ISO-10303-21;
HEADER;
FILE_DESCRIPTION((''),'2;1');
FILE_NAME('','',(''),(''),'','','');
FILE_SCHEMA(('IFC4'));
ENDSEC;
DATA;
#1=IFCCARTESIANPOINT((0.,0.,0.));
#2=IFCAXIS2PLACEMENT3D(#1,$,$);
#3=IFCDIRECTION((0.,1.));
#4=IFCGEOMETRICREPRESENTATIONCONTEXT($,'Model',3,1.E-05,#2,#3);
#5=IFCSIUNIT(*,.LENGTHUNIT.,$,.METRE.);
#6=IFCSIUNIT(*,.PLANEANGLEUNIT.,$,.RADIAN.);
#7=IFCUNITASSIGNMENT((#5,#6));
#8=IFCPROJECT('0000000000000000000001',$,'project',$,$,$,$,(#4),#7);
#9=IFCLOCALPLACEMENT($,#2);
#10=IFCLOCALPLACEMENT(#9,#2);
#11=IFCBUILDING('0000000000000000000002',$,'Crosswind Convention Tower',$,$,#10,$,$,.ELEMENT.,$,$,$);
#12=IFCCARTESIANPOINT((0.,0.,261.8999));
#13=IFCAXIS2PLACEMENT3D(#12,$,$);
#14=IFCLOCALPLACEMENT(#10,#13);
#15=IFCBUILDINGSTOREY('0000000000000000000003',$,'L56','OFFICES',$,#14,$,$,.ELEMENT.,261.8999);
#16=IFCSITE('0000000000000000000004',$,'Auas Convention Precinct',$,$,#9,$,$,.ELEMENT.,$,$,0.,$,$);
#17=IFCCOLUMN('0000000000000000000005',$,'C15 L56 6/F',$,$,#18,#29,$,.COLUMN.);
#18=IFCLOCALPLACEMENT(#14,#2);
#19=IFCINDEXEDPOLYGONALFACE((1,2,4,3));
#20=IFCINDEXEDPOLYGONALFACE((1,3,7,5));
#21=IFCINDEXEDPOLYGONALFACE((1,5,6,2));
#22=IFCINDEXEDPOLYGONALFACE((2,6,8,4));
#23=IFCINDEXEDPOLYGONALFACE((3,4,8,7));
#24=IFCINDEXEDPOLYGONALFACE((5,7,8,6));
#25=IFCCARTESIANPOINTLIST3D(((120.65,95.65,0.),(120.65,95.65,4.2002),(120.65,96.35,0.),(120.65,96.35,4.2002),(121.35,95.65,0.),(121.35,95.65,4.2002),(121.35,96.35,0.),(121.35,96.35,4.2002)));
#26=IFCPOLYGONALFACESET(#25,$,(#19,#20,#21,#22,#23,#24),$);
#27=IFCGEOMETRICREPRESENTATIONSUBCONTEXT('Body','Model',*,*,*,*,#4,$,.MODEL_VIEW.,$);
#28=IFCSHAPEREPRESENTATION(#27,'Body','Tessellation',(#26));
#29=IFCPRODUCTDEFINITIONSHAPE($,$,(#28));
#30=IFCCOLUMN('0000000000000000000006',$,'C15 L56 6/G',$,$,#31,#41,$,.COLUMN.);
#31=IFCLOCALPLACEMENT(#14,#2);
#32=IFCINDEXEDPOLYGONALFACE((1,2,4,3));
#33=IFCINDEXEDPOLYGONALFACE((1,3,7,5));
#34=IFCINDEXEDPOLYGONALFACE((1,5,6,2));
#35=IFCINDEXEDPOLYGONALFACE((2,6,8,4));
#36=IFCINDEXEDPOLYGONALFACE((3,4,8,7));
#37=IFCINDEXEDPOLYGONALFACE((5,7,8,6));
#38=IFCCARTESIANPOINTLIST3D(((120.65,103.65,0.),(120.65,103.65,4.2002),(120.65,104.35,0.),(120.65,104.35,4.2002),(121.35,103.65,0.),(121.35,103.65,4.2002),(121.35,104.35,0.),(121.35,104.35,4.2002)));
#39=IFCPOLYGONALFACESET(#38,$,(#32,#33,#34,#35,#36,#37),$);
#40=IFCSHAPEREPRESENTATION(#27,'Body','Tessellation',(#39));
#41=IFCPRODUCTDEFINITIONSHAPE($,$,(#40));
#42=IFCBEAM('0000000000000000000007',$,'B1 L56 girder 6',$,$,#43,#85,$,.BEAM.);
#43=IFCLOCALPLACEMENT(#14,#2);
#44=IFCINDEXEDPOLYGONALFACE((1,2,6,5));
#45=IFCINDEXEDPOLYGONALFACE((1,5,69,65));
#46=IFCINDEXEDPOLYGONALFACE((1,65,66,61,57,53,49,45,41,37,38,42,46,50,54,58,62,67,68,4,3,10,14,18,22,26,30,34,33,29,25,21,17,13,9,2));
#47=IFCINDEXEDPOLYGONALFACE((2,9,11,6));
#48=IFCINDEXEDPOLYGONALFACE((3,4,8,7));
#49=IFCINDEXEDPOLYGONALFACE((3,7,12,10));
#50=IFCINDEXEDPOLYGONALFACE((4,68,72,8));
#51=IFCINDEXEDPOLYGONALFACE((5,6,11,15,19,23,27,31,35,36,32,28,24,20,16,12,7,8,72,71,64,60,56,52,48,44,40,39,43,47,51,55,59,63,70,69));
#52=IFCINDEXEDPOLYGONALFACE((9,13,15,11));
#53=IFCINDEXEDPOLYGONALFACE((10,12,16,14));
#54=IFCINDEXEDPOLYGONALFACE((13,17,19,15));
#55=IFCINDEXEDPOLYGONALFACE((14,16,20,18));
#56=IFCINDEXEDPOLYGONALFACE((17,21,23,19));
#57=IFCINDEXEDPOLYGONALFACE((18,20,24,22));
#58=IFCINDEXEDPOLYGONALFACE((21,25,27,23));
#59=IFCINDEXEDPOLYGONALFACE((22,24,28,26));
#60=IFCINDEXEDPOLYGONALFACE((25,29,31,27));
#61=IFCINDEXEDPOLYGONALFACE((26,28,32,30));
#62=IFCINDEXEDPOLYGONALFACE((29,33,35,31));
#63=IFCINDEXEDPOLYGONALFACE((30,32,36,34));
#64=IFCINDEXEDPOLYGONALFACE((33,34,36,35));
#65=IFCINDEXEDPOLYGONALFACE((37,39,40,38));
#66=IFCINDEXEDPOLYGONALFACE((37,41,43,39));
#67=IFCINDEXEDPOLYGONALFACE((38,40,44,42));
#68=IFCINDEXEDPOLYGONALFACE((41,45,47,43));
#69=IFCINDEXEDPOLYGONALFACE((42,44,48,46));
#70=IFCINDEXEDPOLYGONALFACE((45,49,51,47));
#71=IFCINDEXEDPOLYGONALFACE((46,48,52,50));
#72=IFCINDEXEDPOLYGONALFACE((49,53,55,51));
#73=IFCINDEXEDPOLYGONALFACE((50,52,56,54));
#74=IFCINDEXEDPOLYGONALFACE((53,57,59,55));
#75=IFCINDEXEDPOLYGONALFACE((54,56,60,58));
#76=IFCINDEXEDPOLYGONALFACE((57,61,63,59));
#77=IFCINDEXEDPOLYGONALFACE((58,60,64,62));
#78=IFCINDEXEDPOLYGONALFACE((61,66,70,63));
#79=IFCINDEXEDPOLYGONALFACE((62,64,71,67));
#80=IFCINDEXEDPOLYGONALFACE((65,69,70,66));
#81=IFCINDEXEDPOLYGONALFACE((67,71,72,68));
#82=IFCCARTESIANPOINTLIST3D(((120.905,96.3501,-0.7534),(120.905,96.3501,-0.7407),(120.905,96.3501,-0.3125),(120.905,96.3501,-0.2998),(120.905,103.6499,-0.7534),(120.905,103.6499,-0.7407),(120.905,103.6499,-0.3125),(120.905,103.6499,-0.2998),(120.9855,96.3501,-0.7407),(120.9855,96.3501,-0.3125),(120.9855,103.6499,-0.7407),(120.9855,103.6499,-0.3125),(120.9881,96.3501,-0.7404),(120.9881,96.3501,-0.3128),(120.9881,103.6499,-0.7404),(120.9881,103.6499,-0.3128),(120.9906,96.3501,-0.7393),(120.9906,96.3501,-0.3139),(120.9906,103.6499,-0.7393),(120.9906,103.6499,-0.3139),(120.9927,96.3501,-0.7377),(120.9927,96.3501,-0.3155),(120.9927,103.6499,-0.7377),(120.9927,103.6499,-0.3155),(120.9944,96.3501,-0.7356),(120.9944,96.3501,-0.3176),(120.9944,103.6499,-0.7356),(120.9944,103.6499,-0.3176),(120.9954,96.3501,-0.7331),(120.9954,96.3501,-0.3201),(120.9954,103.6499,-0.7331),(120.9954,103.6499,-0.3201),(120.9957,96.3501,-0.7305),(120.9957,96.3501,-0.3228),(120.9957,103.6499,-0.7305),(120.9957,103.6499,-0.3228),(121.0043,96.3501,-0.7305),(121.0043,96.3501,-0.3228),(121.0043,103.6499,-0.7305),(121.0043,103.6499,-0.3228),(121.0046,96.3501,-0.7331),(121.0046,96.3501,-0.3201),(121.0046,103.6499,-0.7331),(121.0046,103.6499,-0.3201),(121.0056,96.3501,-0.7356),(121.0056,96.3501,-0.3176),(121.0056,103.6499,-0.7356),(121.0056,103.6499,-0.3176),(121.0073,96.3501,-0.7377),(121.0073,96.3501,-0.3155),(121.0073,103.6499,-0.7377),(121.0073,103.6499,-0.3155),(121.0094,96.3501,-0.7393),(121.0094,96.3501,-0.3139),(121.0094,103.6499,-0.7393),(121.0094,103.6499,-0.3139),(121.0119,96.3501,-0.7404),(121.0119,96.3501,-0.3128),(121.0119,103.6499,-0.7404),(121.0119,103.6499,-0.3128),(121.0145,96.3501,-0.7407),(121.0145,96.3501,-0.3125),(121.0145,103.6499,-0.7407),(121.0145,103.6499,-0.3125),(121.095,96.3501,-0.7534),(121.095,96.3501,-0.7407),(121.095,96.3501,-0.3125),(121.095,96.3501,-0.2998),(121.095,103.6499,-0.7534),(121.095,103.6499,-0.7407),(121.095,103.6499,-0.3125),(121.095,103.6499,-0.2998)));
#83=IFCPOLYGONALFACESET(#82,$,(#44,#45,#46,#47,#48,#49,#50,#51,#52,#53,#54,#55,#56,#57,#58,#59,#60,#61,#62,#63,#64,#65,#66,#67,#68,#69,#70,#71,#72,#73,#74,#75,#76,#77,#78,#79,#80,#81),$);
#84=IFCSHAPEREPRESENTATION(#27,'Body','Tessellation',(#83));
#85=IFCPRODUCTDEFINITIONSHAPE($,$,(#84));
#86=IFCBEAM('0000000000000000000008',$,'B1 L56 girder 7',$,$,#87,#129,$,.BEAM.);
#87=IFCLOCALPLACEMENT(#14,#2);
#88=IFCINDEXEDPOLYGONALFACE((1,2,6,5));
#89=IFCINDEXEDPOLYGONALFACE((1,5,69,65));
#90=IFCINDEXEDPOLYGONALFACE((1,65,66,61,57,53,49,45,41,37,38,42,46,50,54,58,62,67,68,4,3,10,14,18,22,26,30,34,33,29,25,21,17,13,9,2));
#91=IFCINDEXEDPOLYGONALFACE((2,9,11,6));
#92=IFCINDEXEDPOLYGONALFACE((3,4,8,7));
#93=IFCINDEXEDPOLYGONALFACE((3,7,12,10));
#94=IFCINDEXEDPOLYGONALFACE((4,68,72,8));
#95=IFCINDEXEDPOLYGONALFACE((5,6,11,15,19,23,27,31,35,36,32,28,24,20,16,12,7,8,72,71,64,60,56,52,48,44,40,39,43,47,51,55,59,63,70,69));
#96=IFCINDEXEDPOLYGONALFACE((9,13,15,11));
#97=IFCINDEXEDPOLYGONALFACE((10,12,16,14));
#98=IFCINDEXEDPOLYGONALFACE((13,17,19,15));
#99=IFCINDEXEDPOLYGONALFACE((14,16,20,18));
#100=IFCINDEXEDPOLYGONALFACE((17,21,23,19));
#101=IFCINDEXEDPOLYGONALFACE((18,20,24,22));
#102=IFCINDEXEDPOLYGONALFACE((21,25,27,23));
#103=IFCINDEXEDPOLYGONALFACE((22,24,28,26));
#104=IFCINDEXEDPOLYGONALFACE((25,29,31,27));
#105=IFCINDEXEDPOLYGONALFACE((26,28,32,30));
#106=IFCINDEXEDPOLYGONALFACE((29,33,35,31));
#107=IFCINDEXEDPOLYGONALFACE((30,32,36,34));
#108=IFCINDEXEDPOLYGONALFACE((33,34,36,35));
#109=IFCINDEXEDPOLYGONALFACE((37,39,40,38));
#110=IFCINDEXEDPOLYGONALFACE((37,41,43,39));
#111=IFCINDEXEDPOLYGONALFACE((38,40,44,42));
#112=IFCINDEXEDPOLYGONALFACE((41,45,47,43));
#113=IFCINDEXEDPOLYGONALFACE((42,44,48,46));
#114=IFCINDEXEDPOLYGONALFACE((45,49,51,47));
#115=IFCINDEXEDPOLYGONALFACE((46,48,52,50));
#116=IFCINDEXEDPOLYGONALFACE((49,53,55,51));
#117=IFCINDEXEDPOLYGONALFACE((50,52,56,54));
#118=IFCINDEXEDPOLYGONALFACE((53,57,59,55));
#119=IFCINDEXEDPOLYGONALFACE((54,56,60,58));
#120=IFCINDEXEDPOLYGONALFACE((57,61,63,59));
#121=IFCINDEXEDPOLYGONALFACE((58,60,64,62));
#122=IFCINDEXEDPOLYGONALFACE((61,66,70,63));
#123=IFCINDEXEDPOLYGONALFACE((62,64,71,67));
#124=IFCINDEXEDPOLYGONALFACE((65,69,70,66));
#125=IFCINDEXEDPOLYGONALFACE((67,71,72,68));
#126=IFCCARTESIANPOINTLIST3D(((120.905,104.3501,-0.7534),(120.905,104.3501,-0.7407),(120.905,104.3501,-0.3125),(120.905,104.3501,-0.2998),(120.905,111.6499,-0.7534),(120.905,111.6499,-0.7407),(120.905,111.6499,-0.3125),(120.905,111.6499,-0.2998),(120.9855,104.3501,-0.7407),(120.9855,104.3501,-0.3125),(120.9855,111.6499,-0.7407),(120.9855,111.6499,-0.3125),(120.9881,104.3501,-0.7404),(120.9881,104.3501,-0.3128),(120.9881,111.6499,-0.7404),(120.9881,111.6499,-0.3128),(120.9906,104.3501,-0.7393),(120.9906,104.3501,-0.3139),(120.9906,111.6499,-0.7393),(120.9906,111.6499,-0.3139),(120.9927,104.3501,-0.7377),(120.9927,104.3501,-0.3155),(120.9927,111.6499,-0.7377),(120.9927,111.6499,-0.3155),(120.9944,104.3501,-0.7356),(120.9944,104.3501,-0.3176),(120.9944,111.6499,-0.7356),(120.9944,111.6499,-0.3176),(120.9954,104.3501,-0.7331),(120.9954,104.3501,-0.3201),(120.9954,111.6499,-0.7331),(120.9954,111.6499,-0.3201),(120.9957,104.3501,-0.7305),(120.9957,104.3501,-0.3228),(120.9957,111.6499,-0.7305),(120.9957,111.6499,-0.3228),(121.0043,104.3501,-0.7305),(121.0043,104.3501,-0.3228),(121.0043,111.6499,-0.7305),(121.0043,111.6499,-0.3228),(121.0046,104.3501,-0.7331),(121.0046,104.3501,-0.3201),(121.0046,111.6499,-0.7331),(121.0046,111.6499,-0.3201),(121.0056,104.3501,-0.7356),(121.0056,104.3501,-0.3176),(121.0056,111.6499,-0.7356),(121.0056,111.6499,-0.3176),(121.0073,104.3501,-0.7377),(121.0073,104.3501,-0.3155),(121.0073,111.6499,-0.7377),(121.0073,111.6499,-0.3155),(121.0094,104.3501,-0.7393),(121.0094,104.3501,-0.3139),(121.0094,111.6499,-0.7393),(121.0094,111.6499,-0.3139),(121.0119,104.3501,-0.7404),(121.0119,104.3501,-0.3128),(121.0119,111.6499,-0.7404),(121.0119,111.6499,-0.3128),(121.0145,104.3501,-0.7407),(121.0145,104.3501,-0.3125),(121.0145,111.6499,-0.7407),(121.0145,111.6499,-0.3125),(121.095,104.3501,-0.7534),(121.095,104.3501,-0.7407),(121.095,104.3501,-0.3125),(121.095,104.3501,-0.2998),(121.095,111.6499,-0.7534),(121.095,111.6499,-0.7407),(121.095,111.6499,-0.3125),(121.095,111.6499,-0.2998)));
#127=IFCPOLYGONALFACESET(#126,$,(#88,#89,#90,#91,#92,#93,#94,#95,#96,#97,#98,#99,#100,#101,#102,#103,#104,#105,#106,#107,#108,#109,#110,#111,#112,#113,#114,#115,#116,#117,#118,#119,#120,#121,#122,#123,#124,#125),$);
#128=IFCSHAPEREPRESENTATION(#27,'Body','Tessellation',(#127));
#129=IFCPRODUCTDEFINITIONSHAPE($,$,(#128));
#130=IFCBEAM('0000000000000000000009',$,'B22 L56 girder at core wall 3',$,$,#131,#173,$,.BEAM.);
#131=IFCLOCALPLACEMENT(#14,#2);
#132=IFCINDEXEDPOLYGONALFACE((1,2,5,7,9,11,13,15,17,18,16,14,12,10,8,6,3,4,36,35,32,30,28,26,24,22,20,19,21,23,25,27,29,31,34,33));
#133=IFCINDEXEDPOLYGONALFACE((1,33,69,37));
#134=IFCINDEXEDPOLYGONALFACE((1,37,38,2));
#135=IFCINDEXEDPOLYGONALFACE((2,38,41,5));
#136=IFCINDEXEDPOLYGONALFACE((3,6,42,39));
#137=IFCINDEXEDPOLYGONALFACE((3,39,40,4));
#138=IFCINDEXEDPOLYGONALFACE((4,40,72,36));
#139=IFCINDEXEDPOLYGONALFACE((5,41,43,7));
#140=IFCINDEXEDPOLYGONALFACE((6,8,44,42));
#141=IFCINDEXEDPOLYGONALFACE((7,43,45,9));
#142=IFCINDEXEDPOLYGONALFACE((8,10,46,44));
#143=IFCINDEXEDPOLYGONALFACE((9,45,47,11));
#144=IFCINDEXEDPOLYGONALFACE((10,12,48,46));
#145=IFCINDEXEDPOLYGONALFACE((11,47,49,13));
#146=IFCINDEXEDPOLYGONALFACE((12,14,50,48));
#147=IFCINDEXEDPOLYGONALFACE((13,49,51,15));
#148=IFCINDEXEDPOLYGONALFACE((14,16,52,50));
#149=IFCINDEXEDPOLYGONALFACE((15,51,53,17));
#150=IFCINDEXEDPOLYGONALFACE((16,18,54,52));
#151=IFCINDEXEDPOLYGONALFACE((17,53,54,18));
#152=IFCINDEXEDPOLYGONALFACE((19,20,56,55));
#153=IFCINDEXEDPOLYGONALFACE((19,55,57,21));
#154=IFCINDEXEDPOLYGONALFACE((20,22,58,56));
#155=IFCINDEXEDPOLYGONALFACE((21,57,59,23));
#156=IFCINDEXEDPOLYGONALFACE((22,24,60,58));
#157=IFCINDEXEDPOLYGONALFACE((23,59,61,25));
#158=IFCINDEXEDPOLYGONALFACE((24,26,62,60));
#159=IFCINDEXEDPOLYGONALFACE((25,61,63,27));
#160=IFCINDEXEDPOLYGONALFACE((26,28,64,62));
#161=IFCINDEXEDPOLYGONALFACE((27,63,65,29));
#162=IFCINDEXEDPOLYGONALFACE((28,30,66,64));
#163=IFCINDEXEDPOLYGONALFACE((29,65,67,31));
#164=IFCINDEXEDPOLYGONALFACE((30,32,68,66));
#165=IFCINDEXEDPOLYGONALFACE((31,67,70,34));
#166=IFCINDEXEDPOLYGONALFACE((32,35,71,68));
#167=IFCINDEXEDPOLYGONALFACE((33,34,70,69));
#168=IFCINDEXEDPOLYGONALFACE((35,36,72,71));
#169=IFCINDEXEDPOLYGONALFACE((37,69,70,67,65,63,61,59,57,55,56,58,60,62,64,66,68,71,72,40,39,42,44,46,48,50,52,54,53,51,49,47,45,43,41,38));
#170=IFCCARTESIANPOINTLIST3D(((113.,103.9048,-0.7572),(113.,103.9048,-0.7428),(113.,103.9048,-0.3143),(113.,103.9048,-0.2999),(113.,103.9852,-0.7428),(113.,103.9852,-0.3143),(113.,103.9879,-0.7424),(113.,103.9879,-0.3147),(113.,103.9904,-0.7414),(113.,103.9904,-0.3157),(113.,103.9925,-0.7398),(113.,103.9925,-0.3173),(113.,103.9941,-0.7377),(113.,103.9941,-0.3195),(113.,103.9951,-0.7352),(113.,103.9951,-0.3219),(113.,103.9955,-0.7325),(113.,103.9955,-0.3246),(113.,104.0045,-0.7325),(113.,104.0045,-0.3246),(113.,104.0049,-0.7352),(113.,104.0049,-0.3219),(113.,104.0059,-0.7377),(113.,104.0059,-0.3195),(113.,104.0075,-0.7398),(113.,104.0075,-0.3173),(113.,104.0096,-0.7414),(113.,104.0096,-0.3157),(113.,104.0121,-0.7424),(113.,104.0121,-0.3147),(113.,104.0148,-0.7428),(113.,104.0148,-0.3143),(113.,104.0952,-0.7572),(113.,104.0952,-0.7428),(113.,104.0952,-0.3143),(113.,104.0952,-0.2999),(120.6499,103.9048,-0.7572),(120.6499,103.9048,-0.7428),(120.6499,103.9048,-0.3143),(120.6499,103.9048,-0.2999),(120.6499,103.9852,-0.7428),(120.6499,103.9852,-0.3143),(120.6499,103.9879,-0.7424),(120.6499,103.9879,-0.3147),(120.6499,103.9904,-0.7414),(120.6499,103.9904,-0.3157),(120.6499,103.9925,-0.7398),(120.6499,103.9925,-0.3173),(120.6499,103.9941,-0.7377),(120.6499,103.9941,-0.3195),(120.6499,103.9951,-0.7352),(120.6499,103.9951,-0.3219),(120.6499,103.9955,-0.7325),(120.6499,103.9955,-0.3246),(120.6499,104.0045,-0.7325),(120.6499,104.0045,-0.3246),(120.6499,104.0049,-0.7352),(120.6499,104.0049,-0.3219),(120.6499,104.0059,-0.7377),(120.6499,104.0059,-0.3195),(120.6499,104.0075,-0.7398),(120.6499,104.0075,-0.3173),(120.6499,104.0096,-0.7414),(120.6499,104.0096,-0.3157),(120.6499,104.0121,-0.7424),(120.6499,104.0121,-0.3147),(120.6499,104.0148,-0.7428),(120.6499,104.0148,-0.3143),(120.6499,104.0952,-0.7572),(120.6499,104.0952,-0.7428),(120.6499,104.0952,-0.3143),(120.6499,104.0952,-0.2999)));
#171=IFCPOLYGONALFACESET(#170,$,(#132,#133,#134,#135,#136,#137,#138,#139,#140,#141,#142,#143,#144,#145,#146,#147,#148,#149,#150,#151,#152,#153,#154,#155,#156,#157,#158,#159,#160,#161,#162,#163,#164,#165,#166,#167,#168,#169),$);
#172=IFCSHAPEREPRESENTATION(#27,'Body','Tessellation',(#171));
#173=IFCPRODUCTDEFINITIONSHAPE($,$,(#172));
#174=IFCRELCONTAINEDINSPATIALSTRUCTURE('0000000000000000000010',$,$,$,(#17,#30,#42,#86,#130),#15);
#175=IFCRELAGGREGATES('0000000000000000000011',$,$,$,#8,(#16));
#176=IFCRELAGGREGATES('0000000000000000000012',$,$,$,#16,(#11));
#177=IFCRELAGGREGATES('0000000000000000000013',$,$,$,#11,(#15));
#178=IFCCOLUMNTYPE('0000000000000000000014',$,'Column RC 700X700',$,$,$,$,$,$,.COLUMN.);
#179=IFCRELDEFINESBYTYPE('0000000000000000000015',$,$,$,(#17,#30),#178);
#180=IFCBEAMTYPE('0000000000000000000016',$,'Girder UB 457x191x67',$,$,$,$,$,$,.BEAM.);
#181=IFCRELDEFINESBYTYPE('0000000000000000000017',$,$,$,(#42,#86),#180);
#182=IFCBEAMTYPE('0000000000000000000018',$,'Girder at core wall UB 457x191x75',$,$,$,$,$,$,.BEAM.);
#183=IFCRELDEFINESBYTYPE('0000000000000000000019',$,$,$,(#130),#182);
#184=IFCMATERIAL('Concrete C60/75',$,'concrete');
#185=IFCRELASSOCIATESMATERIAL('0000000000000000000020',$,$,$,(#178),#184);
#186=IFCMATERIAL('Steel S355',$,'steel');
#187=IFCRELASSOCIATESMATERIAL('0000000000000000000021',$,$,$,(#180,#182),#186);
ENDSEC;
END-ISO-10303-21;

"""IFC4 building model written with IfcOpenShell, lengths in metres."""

from ifc_helpers import new_model, si_unit, direction, frame, origin, origin_2d, place, context, subcontext, project, spatial, rectangle, i_section, extrude, material, material_profile, profile_set, type_object, element, save


model = new_model("IFC4")

# Units and contexts
model_context = context("Model", 3, precision=1e-05, world=origin(), true_north=direction((0.0, 1.0)))
body_context = subcontext(model_context, "Body", "Model", "MODEL_VIEW")
ifc_project = project(units=[si_unit("LENGTHUNIT", "METRE"), si_unit("PLANEANGLEUNIT", "RADIAN")], contexts=[model_context])

# Site, building, storey
site_placement = place(None, origin())
site = spatial("IfcSite", under=ifc_project, at=site_placement, Name="Auas Convention Precinct", CompositionType="ELEMENT", RefElevation=0.0)
building_placement = place(site_placement, origin())
building = spatial("IfcBuilding", under=site, at=building_placement, Name="Crosswind Convention Tower", CompositionType="ELEMENT")
storey_placement = place(building_placement, frame((0.0, 0.0, 261.8999)))
storey = spatial("IfcBuildingStorey", under=building, at=storey_placement, Name="L56", Description="OFFICES", CompositionType="ELEMENT", Elevation=261.8999)

# Columns
ifc_material_1 = material(Name="Concrete C60/75", Category="concrete")
ifc_material_profile_1 = material_profile(ifc_material_1, rectangle(XDim=0.7, YDim=0.7, at=origin_2d()), Name="RC 700X700")
ifc_profile_set_1 = profile_set([ifc_material_profile_1], Name="Concrete C60/75")
column_type = type_object("IfcColumnType", Name="Column RC 700X700", PredefinedType="COLUMN", material=ifc_profile_set_1)
for number, where, z_axis, x_axis, name in (
    (1, (121.0, 96.0, 0.0), (0.0, 0.0, 1.0), (1.0, 0.0, 0.0), "C15 L56 6/F"),
    (2, (121.0, 104.0, 0.0), (0.0, 0.0, 1.0), (1.0, 0.0, 0.0), "C15 L56 6/G"),
):
    element("IfcColumn", number, at=place(storey_placement, frame(where, z_axis=z_axis, x_axis=x_axis)), inside=storey, type_object=column_type, Name=name, PredefinedType="COLUMN", context=body_context, shape_type="SweptSolid", body=[
        extrude(rectangle(XDim=0.7, YDim=0.7, at=origin_2d()), origin(), (0.0, 0.0, 1.0), 4.2002),
    ])

# Beams
ifc_material_2 = material(Name="Steel S355", Category="steel")
ifc_material_profile_2 = material_profile(ifc_material_2, i_section(OverallWidth=0.1899, OverallDepth=0.4536, WebThickness=0.0085, FlangeThickness=0.0127, FilletRadius=0.0103, at=origin_2d()), Name="UB 457x191x67")
ifc_profile_set_2 = profile_set([ifc_material_profile_2], Name="Steel S355")
beam_type_1 = type_object("IfcBeamType", Name="Girder UB 457x191x67", PredefinedType="BEAM", material=ifc_profile_set_2)
for number, where, z_axis, x_axis, name in (
    (3, (121.0, 96.3501, -0.5266), (0.0, 1.0, 0.0), (-1.0, 0.0, 0.0), "B1 L56 girder 6"),
    (4, (121.0, 104.3501, -0.5266), (0.0, 1.0, 0.0), (-1.0, 0.0, 0.0), "B1 L56 girder 7"),
):
    element("IfcBeam", number, at=place(storey_placement, frame(where, z_axis=z_axis, x_axis=x_axis)), inside=storey, type_object=beam_type_1, Name=name, PredefinedType="BEAM", context=body_context, shape_type="SweptSolid", body=[
        extrude(i_section(OverallWidth=0.1899, OverallDepth=0.4536, WebThickness=0.0085, FlangeThickness=0.0127, FilletRadius=0.0103, at=origin_2d()), origin(), (0.0, 0.0, 1.0), 7.2998),
    ])
ifc_material_profile_3 = material_profile(ifc_material_2, i_section(OverallWidth=0.1904, OverallDepth=0.4573, WebThickness=0.009, FlangeThickness=0.0144, FilletRadius=0.0103, at=origin_2d()), Name="UB 457x191x75")
ifc_profile_set_3 = profile_set([ifc_material_profile_3], Name="Steel S355")
beam_type_2 = type_object("IfcBeamType", Name="Girder at core wall UB 457x191x75", PredefinedType="BEAM", material=ifc_profile_set_3)
beam_placement = place(storey_placement, frame((113.0, 104.0, -0.5286), z_axis=(1.0, 0.0, 0.0), x_axis=(0.0, 1.0, 0.0)))
element("IfcBeam", 5, at=beam_placement, inside=storey, type_object=beam_type_2, Name="B22 L56 girder at core wall 3", PredefinedType="BEAM", context=body_context, shape_type="SweptSolid", body=[
    extrude(i_section(OverallWidth=0.1904, OverallDepth=0.4573, WebThickness=0.009, FlangeThickness=0.0144, FilletRadius=0.0103, at=origin_2d()), origin(), (0.0, 0.0, 1.0), 7.6499),
])

save(model, "model.ifc")
